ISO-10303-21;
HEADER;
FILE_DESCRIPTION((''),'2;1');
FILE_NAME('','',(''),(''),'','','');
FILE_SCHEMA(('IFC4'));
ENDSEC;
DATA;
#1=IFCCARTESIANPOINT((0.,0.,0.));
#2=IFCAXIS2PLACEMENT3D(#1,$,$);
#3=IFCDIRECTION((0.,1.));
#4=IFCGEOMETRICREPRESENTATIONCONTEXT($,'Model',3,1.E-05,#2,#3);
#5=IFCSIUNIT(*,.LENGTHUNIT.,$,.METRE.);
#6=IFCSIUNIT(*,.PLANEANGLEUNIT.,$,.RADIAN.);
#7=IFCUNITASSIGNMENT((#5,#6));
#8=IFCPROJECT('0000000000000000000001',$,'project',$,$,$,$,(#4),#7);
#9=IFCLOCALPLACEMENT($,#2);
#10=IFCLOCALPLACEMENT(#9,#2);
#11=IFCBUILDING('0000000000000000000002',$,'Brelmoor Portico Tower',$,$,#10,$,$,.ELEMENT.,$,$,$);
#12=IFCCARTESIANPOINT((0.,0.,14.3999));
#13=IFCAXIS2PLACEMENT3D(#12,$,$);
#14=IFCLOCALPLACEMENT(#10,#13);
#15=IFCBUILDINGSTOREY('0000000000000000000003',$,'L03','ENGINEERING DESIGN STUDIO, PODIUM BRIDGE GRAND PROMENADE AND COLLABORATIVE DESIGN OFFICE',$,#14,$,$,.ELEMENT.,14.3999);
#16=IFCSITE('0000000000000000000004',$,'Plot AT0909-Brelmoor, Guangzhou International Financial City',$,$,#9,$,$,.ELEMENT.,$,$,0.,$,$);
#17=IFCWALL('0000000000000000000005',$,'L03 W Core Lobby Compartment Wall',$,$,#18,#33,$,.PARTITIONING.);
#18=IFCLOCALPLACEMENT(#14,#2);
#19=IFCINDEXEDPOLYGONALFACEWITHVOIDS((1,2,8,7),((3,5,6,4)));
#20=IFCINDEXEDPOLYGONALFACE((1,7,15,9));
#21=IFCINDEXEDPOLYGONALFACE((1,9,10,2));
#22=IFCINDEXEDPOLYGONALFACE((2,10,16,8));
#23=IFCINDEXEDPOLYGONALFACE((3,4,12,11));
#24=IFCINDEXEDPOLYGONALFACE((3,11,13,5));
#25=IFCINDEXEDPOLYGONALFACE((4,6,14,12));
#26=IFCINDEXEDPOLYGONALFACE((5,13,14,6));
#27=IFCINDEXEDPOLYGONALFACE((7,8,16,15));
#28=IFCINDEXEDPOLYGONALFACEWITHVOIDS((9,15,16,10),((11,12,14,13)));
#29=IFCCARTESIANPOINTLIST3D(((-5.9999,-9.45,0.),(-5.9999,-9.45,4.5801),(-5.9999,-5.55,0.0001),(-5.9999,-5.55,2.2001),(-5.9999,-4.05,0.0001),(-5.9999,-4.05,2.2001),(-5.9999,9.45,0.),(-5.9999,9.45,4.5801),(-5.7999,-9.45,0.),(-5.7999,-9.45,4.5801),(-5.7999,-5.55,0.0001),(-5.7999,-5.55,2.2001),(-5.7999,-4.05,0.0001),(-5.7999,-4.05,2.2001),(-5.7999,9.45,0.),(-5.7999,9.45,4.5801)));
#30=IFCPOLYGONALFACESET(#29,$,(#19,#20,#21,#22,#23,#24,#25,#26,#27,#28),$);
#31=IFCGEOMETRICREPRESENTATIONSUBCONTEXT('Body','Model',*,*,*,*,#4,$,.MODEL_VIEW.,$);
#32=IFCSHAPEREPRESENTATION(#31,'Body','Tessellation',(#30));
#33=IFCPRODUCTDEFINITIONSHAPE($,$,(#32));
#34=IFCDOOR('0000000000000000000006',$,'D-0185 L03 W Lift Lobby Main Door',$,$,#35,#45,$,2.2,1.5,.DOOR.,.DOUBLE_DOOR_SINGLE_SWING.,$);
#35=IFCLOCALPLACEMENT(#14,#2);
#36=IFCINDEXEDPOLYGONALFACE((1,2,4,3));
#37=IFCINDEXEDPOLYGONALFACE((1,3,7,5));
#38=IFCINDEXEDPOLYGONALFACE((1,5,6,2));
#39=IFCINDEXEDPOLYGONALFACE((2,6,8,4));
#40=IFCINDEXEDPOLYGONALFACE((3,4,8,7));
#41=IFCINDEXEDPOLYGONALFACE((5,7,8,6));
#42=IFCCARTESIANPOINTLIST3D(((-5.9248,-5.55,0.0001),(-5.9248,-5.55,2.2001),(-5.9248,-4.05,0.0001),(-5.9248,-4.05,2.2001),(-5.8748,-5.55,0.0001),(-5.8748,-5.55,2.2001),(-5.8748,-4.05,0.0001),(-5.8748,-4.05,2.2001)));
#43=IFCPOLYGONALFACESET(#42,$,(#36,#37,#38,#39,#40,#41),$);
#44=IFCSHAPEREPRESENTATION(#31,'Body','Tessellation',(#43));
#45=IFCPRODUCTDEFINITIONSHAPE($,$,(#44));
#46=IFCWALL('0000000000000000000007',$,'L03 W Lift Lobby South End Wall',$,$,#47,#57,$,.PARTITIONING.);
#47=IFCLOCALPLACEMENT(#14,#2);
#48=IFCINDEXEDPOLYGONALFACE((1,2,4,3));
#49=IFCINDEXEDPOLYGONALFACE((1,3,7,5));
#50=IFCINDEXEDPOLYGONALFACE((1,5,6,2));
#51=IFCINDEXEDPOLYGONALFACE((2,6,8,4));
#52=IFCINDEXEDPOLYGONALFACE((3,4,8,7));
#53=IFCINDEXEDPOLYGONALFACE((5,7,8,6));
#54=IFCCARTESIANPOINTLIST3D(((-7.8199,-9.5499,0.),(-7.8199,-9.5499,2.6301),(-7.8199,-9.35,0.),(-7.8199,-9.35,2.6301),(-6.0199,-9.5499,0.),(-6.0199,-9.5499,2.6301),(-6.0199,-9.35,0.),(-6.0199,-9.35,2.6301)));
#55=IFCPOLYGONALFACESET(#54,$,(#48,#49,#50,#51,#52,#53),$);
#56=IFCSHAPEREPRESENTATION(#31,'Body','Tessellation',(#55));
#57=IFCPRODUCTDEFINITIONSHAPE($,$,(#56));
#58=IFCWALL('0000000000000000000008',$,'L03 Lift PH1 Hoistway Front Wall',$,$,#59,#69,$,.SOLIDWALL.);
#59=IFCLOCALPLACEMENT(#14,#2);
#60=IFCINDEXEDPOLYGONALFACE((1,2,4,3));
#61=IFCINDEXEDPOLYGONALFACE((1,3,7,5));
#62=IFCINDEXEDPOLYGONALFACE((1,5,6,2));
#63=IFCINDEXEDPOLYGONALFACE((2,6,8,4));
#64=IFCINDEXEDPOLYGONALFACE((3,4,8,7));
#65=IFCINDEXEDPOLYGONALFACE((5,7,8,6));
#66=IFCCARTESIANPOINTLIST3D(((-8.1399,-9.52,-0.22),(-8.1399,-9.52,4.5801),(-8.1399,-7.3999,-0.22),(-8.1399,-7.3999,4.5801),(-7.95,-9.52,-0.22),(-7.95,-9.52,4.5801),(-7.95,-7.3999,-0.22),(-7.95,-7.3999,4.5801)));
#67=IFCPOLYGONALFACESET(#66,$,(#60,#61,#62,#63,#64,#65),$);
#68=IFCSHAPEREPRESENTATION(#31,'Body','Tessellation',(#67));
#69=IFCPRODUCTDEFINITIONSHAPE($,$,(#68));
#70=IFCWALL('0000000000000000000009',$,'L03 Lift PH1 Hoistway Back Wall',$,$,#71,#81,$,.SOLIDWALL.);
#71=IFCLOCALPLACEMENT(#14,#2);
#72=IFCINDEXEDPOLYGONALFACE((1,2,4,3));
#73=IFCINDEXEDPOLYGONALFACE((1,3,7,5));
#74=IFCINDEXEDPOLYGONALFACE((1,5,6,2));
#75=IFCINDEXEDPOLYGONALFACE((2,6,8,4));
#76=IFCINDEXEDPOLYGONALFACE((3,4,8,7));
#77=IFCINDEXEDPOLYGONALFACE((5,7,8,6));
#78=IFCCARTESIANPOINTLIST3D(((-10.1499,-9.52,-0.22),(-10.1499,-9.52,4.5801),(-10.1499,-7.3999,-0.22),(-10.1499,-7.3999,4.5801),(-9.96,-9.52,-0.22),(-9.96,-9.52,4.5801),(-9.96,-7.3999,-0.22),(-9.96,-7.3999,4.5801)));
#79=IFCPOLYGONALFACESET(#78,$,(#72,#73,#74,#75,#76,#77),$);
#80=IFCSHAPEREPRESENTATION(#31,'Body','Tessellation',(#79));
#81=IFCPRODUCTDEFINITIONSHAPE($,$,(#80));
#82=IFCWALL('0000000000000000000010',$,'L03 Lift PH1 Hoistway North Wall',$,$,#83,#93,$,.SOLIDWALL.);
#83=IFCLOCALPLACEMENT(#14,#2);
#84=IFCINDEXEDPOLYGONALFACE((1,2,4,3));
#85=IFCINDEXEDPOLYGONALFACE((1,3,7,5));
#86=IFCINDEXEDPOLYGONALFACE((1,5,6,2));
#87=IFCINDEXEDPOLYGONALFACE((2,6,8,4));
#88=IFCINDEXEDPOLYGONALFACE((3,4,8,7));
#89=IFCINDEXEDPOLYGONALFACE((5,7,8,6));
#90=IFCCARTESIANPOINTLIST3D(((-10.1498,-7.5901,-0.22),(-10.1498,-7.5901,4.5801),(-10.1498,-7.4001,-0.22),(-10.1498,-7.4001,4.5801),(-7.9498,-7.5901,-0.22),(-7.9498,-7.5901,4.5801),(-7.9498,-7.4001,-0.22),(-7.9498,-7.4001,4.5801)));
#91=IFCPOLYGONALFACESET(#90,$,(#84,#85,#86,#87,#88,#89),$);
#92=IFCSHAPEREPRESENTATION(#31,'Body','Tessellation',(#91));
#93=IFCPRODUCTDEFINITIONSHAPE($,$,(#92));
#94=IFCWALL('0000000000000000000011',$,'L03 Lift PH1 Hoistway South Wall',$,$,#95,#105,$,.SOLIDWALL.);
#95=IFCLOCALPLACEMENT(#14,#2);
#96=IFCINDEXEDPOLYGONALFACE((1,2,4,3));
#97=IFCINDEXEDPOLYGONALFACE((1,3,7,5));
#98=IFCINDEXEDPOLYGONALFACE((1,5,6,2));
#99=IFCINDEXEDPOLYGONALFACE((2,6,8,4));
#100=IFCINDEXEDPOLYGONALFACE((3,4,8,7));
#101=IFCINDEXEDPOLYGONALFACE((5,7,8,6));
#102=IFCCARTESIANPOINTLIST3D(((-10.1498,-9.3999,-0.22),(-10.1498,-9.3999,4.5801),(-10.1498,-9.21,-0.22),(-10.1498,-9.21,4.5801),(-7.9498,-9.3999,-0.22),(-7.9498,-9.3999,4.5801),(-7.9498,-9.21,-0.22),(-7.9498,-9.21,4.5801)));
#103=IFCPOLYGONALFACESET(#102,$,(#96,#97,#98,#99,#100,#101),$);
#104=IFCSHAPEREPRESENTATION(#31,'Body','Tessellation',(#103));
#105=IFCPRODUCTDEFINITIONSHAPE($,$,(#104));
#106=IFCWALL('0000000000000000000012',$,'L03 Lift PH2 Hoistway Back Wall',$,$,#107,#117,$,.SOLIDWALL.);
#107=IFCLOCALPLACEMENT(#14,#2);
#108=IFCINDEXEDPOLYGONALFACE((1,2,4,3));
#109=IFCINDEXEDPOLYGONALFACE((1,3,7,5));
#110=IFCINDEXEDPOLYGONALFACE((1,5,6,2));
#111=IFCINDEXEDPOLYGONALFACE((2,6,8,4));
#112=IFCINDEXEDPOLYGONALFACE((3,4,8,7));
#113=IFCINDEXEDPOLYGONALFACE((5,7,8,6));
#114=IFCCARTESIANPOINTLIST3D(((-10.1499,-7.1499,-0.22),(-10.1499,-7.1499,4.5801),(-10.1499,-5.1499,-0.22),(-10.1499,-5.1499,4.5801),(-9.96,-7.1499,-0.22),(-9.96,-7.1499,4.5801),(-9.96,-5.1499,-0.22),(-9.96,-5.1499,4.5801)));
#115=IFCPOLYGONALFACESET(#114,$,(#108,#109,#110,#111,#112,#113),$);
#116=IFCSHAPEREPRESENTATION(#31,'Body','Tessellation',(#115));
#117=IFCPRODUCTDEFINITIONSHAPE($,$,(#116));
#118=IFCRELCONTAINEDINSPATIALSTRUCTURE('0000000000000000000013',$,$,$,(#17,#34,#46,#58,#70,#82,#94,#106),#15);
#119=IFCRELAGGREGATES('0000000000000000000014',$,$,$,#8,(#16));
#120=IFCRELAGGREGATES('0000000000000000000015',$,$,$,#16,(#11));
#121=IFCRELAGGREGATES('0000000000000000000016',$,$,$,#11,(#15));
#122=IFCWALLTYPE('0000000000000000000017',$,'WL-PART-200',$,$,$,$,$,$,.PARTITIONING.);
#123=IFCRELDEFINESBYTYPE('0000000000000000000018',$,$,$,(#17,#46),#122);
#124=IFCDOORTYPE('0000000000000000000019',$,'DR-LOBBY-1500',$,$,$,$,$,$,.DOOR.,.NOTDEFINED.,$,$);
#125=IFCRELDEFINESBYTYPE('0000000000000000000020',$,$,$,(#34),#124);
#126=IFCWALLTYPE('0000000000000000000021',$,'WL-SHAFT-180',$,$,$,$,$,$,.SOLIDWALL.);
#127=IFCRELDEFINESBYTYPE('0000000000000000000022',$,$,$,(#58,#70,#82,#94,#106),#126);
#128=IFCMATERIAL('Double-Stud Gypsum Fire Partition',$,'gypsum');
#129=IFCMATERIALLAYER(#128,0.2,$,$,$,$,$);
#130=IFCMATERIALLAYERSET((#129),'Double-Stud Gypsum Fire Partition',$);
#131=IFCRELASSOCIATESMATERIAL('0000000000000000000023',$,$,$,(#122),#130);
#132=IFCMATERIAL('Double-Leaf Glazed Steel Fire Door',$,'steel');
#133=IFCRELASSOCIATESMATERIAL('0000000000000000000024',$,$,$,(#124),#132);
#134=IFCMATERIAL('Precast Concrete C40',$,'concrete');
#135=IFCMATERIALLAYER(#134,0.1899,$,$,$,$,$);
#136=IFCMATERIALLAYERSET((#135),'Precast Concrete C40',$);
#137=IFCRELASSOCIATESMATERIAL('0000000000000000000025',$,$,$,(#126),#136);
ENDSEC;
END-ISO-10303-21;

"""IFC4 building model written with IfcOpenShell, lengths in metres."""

from ifc_helpers import new_model, si_unit, direction, frame, frame_2d, origin, place, context, subcontext, project, spatial, rectangle, extrude, material, layer, layer_set, type_object, element, fill, save


model = new_model("IFC4")

# Units and contexts
model_context = context("Model", 3, precision=1e-05, world=origin(), true_north=direction((0.0, 1.0)))
body_context = subcontext(model_context, "Body", "Model", "MODEL_VIEW")
ifc_project = project(units=[si_unit("LENGTHUNIT", "METRE"), si_unit("PLANEANGLEUNIT", "RADIAN")], contexts=[model_context])

# Site, building, storey
site_placement = place(None, origin())
site = spatial("IfcSite", under=ifc_project, at=site_placement, Name="Plot AT0909-Brelmoor, Guangzhou International Financial City", CompositionType="ELEMENT", RefElevation=0.0)
building_placement = place(site_placement, origin())
building = spatial("IfcBuilding", under=site, at=building_placement, Name="Brelmoor Portico Tower", CompositionType="ELEMENT")
storey_placement = place(building_placement, frame((0.0, 0.0, 14.3999)))
storey = spatial("IfcBuildingStorey", under=building, at=storey_placement, Name="L03", Description="ENGINEERING DESIGN STUDIO, PODIUM BRIDGE GRAND PROMENADE AND COLLABORATIVE DESIGN OFFICE", CompositionType="ELEMENT", Elevation=14.3999)

# Wall, opening, door
ifc_material_1 = material(Name="Double-Stud Gypsum Fire Partition", Category="gypsum")
ifc_layer_1 = layer(ifc_material_1, 0.2)
ifc_layer_set_1 = layer_set([ifc_layer_1], Name="Double-Stud Gypsum Fire Partition")
wall_type_1 = type_object("IfcWallType", Name="WL-PART-200", PredefinedType="PARTITIONING", material=ifc_layer_set_1)
wall_1_placement = place(storey_placement, frame((-5.8999, -9.45, 0.0), z_axis=(0.0, 0.0, 1.0), x_axis=(0.0, 1.0, 0.0)))
wall_1 = element("IfcWall", 1, at=wall_1_placement, inside=storey, type_object=wall_type_1, Name="L03 W Core Lobby Compartment Wall", PredefinedType="PARTITIONING", context=body_context, shape_type="SweptSolid", body=[
    extrude(rectangle(XDim=18.8999, YDim=0.2, at=frame_2d((9.45, 0.0))), origin(), (0.0, 0.0, 1.0), 4.5801),
])
opening_1_placement = place(wall_1_placement, frame((3.8999, 0.0, 0.0)))
opening_1 = element("IfcOpeningElement", 2, at=opening_1_placement, cuts=wall_1, PredefinedType="OPENING", context=body_context, shape_type="SweptSolid", body=[
    extrude(rectangle(XDim=1.5, YDim=2.2, at=frame_2d((0.75, 1.1001))), frame((0.0, 0.1099, 0.0), z_axis=(0.0, -1.0, 0.0), x_axis=(1.0, 0.0, 0.0)), (0.0, 0.0, 1.0), 0.22),
])
ifc_material_2 = material(Name="Double-Leaf Glazed Steel Fire Door", Category="steel")
door_type_1 = type_object("IfcDoorType", Name="DR-LOBBY-1500", OperationType="NOTDEFINED", PredefinedType="DOOR", material=ifc_material_2)
door_1_placement = place(opening_1_placement, origin())
door_1 = element("IfcDoor", 3, at=door_1_placement, inside=storey, type_object=door_type_1, Name="D-0185 L03 W Lift Lobby Main Door", OperationType="DOUBLE_DOOR_SINGLE_SWING", OverallHeight=2.2, OverallWidth=1.5, PredefinedType="DOOR", context=body_context, shape_type="SweptSolid", body=[
    extrude(rectangle(XDim=1.5, YDim=2.2, at=frame_2d((0.75, 1.1001))), frame((0.0, 0.0249, 0.0), z_axis=(0.0, -1.0, 0.0), x_axis=(1.0, 0.0, 0.0)), (0.0, 0.0, 1.0), 0.05),
])
fill(opening_1, door_1)

# Walls
wall_2_placement = place(storey_placement, frame((-6.02, -9.45, 0.0), z_axis=(0.0, 0.0, 1.0), x_axis=(-1.0, 0.0, 0.0)))
element("IfcWall", 4, at=wall_2_placement, inside=storey, type_object=wall_type_1, Name="L03 W Lift Lobby South End Wall", PredefinedType="PARTITIONING", context=body_context, shape_type="SweptSolid", body=[
    extrude(rectangle(XDim=1.8, YDim=0.2, at=frame_2d((0.8999, 0.0))), origin(), (0.0, 0.0, 1.0), 2.6301),
])
ifc_material_3 = material(Name="Precast Concrete C40", Category="concrete")
ifc_layer_2 = layer(ifc_material_3, 0.1899)
ifc_layer_set_2 = layer_set([ifc_layer_2], Name="Precast Concrete C40")
wall_type_2 = type_object("IfcWallType", Name="WL-SHAFT-180", PredefinedType="SOLIDWALL", material=ifc_layer_set_2)
for number, where, z_axis, x_axis, name in (
    (5, (-8.0449, -9.52, -0.22), (0.0, 0.0, 1.0), (0.0, 1.0, 0.0), "L03 Lift PH1 Hoistway Front Wall"),
    (6, (-10.0549, -9.52, -0.22), (0.0, 0.0, 1.0), (0.0, 1.0, 0.0), "L03 Lift PH1 Hoistway Back Wall"),
):
    element("IfcWall", number, at=place(storey_placement, frame(where, z_axis=z_axis, x_axis=x_axis)), inside=storey, type_object=wall_type_2, Name=name, PredefinedType="SOLIDWALL", context=body_context, shape_type="SweptSolid", body=[
        extrude(rectangle(XDim=2.1201, YDim=0.1899, at=frame_2d((1.0601, 0.0))), origin(), (0.0, 0.0, 1.0), 4.8),
    ])
for number, where, z_axis, x_axis, name in (
    (7, (-10.1499, -7.4951, -0.22), (0.0, 0.0, 1.0), (1.0, 0.0, 0.0), "L03 Lift PH1 Hoistway North Wall"),
    (8, (-10.1499, -9.3049, -0.22), (0.0, 0.0, 1.0), (1.0, 0.0, 0.0), "L03 Lift PH1 Hoistway South Wall"),
):
    element("IfcWall", number, at=place(storey_placement, frame(where, z_axis=z_axis, x_axis=x_axis)), inside=storey, type_object=wall_type_2, Name=name, PredefinedType="SOLIDWALL", context=body_context, shape_type="SweptSolid", body=[
        extrude(rectangle(XDim=2.2, YDim=0.1899, at=frame_2d((1.1001, 0.0))), origin(), (0.0, 0.0, 1.0), 4.8),
    ])
wall_3_placement = place(storey_placement, frame((-10.0549, -7.1499, -0.22), z_axis=(0.0, 0.0, 1.0), x_axis=(0.0, 1.0, 0.0)))
element("IfcWall", 9, at=wall_3_placement, inside=storey, type_object=wall_type_2, Name="L03 Lift PH2 Hoistway Back Wall", PredefinedType="SOLIDWALL", context=body_context, shape_type="SweptSolid", body=[
    extrude(rectangle(XDim=2.0, YDim=0.1899, at=frame_2d((1.0, 0.0))), origin(), (0.0, 0.0, 1.0), 4.8),
])

save(model, "model.ifc")
